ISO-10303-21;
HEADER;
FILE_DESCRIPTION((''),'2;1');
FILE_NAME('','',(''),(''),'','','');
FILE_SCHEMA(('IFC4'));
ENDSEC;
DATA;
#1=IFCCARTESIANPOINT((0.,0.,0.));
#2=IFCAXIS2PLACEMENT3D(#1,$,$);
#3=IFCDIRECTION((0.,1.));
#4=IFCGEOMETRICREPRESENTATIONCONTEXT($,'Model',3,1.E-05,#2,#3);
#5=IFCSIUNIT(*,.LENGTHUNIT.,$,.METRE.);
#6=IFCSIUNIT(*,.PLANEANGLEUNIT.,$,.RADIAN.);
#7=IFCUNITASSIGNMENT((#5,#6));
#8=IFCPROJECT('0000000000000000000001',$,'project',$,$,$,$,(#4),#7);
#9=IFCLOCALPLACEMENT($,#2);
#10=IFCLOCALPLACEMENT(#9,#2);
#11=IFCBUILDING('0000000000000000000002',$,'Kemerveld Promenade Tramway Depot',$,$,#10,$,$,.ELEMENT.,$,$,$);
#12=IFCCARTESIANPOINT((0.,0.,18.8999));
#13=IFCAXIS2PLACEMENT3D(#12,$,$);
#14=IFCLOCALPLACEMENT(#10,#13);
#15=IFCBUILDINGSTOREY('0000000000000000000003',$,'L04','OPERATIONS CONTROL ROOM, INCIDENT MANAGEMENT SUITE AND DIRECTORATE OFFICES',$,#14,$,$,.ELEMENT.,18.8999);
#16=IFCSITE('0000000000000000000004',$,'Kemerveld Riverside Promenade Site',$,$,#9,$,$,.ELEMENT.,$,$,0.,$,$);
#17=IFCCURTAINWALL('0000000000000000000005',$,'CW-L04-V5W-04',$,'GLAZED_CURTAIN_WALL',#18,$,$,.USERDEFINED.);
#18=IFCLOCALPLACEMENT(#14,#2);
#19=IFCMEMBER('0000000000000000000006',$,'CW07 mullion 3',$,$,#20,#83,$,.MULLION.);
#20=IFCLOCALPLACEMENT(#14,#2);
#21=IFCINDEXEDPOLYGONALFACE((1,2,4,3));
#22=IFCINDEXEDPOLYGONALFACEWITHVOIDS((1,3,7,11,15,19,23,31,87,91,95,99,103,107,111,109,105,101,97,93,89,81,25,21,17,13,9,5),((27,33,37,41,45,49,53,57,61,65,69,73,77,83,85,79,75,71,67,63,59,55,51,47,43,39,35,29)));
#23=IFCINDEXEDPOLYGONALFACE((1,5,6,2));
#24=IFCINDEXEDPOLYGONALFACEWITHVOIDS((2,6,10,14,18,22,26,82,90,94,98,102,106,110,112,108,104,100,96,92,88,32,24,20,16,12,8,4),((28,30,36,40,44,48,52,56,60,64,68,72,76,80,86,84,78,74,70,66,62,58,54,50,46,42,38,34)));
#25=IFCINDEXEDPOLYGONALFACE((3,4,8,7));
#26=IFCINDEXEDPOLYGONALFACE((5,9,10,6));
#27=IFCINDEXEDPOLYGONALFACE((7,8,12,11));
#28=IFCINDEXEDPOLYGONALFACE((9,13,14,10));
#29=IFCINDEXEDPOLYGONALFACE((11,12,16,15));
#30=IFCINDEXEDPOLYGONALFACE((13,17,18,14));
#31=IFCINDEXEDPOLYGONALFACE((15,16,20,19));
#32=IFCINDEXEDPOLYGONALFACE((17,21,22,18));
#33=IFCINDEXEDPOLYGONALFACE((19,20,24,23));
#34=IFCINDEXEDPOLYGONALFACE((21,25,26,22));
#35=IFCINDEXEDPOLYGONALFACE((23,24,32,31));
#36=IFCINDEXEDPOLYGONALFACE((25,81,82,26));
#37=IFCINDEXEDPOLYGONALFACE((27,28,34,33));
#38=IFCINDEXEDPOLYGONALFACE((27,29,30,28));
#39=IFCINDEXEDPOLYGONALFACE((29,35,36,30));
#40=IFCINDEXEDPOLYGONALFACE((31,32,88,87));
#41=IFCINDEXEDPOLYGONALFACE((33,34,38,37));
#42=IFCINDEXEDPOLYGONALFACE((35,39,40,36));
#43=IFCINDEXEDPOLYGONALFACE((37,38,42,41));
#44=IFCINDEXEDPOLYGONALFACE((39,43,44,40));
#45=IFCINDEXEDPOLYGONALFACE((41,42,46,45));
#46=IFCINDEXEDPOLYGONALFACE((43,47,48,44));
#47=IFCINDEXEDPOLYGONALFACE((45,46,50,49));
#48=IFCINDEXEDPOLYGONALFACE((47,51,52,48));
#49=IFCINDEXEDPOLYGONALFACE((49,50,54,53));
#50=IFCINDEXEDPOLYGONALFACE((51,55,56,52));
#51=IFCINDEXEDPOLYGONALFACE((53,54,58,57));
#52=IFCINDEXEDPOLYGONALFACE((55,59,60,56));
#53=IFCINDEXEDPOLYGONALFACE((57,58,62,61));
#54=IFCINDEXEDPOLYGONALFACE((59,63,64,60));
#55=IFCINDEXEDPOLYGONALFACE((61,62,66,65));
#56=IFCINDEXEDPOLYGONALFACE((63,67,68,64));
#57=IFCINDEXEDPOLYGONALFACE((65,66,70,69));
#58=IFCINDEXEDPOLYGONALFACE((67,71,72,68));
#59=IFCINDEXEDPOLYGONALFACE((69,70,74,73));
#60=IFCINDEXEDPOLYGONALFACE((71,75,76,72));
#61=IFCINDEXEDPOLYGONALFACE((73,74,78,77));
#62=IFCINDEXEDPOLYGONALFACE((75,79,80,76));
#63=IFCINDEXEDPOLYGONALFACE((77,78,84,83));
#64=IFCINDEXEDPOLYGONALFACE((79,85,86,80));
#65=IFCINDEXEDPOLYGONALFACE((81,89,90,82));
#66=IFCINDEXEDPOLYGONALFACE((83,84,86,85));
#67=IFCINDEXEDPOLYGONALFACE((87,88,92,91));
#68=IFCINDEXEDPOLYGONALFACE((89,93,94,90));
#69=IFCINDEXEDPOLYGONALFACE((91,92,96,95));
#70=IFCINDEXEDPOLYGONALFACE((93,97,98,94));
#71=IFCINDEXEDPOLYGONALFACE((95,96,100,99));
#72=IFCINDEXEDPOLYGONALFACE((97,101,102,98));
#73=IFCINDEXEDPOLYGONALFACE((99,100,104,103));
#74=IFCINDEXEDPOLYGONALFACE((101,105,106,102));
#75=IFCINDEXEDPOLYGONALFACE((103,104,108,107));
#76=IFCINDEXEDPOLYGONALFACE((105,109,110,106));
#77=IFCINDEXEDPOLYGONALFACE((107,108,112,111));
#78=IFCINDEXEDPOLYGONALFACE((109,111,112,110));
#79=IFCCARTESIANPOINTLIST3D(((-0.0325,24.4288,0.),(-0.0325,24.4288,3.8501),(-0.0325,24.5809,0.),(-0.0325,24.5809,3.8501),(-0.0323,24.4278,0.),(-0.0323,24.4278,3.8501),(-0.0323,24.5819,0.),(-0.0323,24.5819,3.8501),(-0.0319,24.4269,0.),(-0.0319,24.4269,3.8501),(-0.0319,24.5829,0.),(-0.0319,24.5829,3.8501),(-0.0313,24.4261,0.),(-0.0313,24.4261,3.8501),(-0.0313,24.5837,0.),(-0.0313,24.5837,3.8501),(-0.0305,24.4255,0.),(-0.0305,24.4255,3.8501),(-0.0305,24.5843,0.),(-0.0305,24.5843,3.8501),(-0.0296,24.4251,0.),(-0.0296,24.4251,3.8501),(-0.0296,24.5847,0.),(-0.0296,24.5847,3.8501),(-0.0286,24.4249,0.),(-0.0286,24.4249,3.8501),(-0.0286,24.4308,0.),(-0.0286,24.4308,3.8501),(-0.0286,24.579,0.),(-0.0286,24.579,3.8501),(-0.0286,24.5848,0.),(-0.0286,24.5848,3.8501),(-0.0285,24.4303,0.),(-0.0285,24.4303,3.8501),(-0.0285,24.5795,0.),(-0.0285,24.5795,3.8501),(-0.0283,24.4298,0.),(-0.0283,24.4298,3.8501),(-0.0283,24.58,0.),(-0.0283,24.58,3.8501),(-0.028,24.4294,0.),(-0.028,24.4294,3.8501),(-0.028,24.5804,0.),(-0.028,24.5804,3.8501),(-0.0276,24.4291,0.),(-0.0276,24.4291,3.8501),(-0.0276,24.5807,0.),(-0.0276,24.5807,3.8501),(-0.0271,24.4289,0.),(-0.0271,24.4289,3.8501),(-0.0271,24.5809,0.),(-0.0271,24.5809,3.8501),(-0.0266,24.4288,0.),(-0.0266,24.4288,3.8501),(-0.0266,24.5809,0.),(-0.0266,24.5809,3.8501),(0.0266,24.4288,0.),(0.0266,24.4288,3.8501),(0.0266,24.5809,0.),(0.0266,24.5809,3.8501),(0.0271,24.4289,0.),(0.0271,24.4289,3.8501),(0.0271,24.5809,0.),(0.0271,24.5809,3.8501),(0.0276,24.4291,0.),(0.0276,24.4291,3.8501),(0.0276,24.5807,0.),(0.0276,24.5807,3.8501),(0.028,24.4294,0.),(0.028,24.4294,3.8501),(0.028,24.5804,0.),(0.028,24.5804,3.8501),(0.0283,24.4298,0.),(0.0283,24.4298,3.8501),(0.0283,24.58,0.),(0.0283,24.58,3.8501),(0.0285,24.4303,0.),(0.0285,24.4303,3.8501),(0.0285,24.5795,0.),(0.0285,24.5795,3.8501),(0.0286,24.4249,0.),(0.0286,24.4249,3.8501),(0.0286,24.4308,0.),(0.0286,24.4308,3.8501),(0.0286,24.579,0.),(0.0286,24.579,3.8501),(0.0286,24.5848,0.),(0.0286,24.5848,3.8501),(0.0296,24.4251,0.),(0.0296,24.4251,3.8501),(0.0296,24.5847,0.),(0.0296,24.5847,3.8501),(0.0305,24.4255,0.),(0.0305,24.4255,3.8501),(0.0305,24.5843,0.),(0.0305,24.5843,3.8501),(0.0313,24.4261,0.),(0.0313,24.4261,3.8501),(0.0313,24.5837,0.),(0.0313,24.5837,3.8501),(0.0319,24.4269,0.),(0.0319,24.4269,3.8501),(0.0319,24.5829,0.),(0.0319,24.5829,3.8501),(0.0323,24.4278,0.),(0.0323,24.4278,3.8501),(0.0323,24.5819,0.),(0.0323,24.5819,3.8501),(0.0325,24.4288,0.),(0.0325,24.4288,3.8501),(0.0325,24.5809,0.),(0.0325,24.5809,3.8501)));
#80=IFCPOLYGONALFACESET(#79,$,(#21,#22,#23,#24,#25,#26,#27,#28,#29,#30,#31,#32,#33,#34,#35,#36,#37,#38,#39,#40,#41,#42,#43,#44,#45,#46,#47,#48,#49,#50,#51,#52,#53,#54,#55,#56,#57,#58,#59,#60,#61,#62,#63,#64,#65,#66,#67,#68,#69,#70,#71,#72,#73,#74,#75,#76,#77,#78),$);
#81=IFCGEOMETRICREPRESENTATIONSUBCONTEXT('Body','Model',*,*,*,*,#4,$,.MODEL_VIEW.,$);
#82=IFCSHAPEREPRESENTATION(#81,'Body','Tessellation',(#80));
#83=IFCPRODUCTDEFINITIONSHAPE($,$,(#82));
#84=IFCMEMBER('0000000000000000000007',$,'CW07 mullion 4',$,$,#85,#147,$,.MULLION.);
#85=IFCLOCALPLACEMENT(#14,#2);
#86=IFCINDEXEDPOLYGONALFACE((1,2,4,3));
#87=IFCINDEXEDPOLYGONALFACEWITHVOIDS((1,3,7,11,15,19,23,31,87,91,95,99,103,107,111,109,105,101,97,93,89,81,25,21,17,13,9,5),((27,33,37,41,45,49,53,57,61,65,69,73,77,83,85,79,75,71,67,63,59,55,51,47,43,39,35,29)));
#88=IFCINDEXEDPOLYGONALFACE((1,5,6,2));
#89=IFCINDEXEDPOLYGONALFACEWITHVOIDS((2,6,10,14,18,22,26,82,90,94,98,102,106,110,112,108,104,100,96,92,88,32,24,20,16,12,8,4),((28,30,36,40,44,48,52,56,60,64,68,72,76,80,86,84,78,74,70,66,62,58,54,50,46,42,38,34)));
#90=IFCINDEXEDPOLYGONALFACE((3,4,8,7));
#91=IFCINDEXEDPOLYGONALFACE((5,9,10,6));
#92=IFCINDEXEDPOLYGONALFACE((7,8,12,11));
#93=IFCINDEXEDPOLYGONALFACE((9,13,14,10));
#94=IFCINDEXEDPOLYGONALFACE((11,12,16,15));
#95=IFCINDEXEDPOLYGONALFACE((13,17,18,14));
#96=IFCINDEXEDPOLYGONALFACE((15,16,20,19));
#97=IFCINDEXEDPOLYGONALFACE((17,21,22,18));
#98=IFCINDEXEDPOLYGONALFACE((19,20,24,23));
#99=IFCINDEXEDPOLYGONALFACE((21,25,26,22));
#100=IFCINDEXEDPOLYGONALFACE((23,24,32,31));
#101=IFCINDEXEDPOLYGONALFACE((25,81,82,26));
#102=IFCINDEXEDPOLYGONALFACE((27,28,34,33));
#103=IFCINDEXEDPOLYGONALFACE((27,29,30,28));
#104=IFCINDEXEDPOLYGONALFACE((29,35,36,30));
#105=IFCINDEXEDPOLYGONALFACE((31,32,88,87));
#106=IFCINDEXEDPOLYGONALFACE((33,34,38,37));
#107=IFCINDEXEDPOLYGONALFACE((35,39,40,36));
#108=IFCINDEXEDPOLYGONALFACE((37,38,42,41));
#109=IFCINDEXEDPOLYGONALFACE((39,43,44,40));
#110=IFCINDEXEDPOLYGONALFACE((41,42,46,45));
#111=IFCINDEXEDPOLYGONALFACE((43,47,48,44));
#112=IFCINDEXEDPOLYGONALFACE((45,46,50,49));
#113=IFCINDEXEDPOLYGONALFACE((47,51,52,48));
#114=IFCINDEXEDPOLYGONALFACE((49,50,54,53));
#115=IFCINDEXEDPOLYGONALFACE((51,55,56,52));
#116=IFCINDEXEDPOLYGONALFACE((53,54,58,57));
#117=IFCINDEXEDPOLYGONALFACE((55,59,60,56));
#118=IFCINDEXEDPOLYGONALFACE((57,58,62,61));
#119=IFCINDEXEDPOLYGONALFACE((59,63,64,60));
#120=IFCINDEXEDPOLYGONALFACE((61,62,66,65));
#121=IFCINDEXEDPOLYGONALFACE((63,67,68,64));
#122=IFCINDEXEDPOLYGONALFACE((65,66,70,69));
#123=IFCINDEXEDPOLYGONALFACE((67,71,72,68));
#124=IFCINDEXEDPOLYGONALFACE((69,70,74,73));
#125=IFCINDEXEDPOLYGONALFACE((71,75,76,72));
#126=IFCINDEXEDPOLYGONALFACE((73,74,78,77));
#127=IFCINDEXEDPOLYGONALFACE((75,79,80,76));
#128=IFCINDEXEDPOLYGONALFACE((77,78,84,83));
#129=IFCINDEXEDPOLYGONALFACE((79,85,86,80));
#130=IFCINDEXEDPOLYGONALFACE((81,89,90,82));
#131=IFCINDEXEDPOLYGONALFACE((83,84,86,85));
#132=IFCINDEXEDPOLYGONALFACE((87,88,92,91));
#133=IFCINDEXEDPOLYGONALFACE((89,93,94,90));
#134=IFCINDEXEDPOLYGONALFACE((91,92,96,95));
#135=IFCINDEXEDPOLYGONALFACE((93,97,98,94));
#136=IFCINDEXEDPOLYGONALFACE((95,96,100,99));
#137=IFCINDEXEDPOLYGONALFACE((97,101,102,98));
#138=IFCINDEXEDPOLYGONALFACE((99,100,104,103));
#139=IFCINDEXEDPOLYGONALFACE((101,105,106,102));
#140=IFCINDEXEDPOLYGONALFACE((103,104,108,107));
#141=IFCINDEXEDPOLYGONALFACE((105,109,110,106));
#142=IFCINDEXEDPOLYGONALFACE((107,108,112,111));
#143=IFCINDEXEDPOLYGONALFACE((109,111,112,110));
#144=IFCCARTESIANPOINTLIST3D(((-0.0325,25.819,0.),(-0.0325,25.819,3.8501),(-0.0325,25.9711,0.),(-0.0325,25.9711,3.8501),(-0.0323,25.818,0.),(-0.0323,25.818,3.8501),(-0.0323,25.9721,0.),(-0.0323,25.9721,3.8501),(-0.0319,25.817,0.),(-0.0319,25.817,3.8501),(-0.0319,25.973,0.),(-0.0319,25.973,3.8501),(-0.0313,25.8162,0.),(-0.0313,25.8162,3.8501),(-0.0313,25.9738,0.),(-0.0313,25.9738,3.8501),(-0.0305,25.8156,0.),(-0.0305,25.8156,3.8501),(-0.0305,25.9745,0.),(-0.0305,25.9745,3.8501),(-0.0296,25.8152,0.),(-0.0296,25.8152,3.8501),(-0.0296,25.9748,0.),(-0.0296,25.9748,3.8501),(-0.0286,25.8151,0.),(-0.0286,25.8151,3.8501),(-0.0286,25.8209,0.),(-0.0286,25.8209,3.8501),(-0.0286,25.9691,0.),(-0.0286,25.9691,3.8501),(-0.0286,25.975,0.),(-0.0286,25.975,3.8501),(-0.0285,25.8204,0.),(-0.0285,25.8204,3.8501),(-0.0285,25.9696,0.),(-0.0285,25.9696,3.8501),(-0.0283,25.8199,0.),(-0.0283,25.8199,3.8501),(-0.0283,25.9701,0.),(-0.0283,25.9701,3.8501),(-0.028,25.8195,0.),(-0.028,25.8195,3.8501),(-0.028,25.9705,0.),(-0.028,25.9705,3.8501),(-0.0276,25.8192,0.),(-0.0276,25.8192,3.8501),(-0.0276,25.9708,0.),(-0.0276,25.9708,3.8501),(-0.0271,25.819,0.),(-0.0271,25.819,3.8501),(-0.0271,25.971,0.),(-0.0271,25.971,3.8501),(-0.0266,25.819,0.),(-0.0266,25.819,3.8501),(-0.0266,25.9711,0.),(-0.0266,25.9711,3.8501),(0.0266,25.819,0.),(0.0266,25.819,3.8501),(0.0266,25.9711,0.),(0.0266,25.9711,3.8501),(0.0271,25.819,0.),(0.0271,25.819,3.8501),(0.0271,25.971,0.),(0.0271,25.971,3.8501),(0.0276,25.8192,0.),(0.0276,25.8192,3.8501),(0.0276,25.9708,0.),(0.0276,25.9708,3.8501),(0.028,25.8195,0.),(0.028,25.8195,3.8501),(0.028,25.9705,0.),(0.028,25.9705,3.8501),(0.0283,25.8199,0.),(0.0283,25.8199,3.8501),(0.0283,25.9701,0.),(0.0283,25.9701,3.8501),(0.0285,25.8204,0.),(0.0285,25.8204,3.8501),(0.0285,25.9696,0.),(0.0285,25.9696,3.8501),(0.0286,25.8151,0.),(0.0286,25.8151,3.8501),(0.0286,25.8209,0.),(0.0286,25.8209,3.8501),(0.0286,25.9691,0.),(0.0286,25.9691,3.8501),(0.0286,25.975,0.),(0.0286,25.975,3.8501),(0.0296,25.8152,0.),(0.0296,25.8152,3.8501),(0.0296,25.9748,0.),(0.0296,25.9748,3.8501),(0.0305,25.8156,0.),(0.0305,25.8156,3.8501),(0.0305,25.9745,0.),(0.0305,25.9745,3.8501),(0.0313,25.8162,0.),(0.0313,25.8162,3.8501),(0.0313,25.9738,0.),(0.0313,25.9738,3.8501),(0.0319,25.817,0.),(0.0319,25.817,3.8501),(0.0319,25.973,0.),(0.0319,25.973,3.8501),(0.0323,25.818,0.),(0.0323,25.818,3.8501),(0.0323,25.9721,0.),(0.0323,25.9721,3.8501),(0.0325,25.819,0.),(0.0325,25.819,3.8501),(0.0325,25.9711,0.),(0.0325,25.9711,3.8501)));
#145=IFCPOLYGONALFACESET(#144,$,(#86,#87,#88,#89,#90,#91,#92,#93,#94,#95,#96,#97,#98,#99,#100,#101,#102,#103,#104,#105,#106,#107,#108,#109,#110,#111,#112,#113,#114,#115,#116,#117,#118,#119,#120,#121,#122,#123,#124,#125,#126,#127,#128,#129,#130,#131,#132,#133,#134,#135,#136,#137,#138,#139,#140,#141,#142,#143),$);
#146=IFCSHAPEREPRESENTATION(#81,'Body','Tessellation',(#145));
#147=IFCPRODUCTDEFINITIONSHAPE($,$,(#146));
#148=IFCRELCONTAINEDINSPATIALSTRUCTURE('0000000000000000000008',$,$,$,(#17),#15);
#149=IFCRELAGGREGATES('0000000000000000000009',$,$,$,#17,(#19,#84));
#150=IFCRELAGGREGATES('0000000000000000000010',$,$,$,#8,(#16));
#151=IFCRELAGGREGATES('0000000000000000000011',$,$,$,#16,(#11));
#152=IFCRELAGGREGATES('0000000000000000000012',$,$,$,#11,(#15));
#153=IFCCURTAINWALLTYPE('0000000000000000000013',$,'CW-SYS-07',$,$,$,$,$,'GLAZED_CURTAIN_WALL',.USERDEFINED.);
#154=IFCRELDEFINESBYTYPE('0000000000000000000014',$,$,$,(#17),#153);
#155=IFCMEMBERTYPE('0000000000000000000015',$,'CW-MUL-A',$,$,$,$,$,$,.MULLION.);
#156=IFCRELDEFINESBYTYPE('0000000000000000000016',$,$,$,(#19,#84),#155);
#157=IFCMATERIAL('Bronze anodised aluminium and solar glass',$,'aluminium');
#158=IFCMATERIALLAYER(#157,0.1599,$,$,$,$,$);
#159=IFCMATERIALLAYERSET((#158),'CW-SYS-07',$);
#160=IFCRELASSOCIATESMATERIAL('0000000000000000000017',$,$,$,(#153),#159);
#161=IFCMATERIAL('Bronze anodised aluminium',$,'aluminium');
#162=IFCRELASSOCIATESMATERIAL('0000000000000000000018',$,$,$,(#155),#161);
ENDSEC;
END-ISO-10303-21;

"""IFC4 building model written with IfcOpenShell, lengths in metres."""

from ifc_helpers import new_model, si_unit, direction, frame, origin, origin_2d, place, context, subcontext, project, spatial, hollow_rectangle, extrude, material, layer, layer_set, material_profile, profile_set, type_object, element, aggregate, save


model = new_model("IFC4")

# Units and contexts
model_context = context("Model", 3, precision=1e-05, world=origin(), true_north=direction((0.0, 1.0)))
body_context = subcontext(model_context, "Body", "Model", "MODEL_VIEW")
ifc_project = project(units=[si_unit("LENGTHUNIT", "METRE"), si_unit("PLANEANGLEUNIT", "RADIAN")], contexts=[model_context])

# Site, building, storey
site_placement = place(None, origin())
site = spatial("IfcSite", under=ifc_project, at=site_placement, Name="Kemerveld Riverside Promenade Site", CompositionType="ELEMENT", RefElevation=0.0)
building_placement = place(site_placement, origin())
building = spatial("IfcBuilding", under=site, at=building_placement, Name="Kemerveld Promenade Tramway Depot", CompositionType="ELEMENT")
storey_placement = place(building_placement, frame((0.0, 0.0, 18.8999)))
storey = spatial("IfcBuildingStorey", under=building, at=storey_placement, Name="L04", Description="OPERATIONS CONTROL ROOM, INCIDENT MANAGEMENT SUITE AND DIRECTORATE OFFICES", CompositionType="ELEMENT", Elevation=18.8999)

# Curtain wall, members
ifc_material_1 = material(Name="Bronze anodised aluminium and solar glass", Category="aluminium")
ifc_layer_1 = layer(ifc_material_1, 0.1599)
ifc_layer_set_1 = layer_set([ifc_layer_1], Name="CW-SYS-07")
curtain_wall_type = type_object("IfcCurtainWallType", Name="CW-SYS-07", ElementType="GLAZED_CURTAIN_WALL", PredefinedType="USERDEFINED", material=ifc_layer_set_1)
curtain_wall_placement = place(storey_placement, origin())
curtain_wall = element("IfcCurtainWall", 1, at=curtain_wall_placement, inside=storey, type_object=curtain_wall_type, Name="CW-L04-V5W-04", ObjectType="GLAZED_CURTAIN_WALL", PredefinedType="USERDEFINED")
ifc_material_2 = material(Name="Bronze anodised aluminium", Category="aluminium")
ifc_material_profile_1 = material_profile(ifc_material_2, hollow_rectangle(XDim=0.0649, YDim=0.1599, WallThickness=0.0039, InnerFilletRadius=0.002, OuterFilletRadius=0.0039, at=origin_2d()), Name="CW-MUL-160x65")
ifc_profile_set_1 = profile_set([ifc_material_profile_1], Name="Bronze anodised aluminium")
member_type_1 = type_object("IfcMemberType", Name="CW-MUL-A", PredefinedType="MULLION", material=ifc_profile_set_1)
member_1_placement = place(storey_placement, frame((0.0, 24.5049, 0.0), z_axis=(0.0, 0.0, 1.0), x_axis=(-1.0, 0.0, 0.0)))
member_1 = element("IfcMember", 2, at=member_1_placement, type_object=member_type_1, Name="CW07 mullion 3", PredefinedType="MULLION", context=body_context, shape_type="SweptSolid", body=[
    extrude(hollow_rectangle(XDim=0.0649, YDim=0.1599, WallThickness=0.0039, InnerFilletRadius=0.002, OuterFilletRadius=0.0039, at=origin_2d()), origin(), (0.0, 0.0, 1.0), 3.8501),
])
member_2_placement = place(storey_placement, frame((0.0, 25.895, 0.0), z_axis=(0.0, 0.0, 1.0), x_axis=(-1.0, 0.0, 0.0)))
member_2 = element("IfcMember", 3, at=member_2_placement, type_object=member_type_1, Name="CW07 mullion 4", PredefinedType="MULLION", context=body_context, shape_type="SweptSolid", body=[
    extrude(hollow_rectangle(XDim=0.0649, YDim=0.1599, WallThickness=0.0039, InnerFilletRadius=0.002, OuterFilletRadius=0.0039, at=origin_2d()), origin(), (0.0, 0.0, 1.0), 3.8501),
])
aggregate(curtain_wall, [member_1, member_2])

save(model, "model.ifc")
